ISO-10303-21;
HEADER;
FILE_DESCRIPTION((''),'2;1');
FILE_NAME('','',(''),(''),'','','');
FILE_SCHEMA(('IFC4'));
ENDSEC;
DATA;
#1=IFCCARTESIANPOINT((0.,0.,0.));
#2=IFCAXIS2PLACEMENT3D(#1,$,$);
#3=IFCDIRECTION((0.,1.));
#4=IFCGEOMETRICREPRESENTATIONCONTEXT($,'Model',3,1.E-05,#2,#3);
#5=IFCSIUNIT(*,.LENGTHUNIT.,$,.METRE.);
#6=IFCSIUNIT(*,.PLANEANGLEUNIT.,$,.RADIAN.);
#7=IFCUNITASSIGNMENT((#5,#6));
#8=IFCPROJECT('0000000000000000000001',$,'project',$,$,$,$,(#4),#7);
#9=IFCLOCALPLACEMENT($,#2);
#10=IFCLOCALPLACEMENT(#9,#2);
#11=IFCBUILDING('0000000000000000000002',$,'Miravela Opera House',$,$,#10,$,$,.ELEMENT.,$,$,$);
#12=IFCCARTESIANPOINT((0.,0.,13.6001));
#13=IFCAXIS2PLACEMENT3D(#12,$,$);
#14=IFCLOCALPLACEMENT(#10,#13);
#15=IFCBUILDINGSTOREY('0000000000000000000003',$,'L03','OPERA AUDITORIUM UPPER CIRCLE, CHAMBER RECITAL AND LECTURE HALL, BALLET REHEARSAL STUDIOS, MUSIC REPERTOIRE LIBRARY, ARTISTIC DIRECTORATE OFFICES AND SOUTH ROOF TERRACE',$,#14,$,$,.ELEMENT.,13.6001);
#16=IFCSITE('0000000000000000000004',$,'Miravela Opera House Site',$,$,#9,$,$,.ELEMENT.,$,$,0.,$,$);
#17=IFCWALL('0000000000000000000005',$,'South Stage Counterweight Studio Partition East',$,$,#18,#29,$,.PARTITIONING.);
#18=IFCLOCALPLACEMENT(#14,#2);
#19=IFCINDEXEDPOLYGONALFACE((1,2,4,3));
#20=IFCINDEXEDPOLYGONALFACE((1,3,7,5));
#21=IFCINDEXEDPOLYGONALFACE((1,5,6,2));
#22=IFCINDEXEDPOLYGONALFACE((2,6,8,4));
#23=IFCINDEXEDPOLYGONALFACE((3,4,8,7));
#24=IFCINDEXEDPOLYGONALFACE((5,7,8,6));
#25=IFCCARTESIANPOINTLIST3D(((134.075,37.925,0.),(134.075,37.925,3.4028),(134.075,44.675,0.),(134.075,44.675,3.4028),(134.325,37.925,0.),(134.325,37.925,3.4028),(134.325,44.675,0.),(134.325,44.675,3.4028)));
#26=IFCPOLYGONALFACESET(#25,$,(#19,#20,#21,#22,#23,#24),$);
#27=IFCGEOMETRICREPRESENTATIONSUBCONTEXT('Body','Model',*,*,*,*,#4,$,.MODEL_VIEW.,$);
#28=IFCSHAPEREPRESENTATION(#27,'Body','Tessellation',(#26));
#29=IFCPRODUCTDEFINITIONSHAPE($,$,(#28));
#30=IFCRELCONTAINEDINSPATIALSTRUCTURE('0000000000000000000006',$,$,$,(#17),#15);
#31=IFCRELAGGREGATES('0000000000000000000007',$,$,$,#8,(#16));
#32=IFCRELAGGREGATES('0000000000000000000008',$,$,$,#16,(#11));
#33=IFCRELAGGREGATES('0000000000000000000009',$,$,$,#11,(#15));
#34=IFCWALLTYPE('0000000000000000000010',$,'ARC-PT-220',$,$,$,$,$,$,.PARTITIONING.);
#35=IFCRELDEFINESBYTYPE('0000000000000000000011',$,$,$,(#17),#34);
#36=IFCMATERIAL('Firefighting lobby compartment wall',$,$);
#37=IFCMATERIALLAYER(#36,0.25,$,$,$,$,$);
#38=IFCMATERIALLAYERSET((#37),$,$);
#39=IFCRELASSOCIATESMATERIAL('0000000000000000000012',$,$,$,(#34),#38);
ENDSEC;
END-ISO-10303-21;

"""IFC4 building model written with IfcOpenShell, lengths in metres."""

from ifc_helpers import new_model, si_unit, direction, frame, frame_2d, origin, place, context, subcontext, project, spatial, rectangle, extrude, material, layer, layer_set, type_object, element, save


model = new_model("IFC4")

# Units and contexts
model_context = context("Model", 3, precision=1e-05, world=origin(), true_north=direction((0.0, 1.0)))
body_context = subcontext(model_context, "Body", "Model", "MODEL_VIEW")
ifc_project = project(units=[si_unit("LENGTHUNIT", "METRE"), si_unit("PLANEANGLEUNIT", "RADIAN")], contexts=[model_context])

# Site, building, storey
site_placement = place(None, origin())
site = spatial("IfcSite", under=ifc_project, at=site_placement, Name="Miravela Opera House Site", CompositionType="ELEMENT", RefElevation=0.0)
building_placement = place(site_placement, origin())
building = spatial("IfcBuilding", under=site, at=building_placement, Name="Miravela Opera House", CompositionType="ELEMENT")
storey_placement = place(building_placement, frame((0.0, 0.0, 13.6001)))
storey = spatial("IfcBuildingStorey", under=building, at=storey_placement, Name="L03", Description="OPERA AUDITORIUM UPPER CIRCLE, CHAMBER RECITAL AND LECTURE HALL, BALLET REHEARSAL STUDIOS, MUSIC REPERTOIRE LIBRARY, ARTISTIC DIRECTORATE OFFICES AND SOUTH ROOF TERRACE", CompositionType="ELEMENT", Elevation=13.6001)

# Wall
ifc_material_1 = material(Name="Firefighting lobby compartment wall")
ifc_layer_1 = layer(ifc_material_1, 0.25)
ifc_layer_set_1 = layer_set([ifc_layer_1])
wall_type = type_object("IfcWallType", Name="ARC-PT-220", PredefinedType="PARTITIONING", material=ifc_layer_set_1)
wall_placement = place(storey_placement, frame((134.2, 37.925, 0.0), z_axis=(0.0, 0.0, 1.0), x_axis=(0.0, 1.0, 0.0)))
element("IfcWall", 1, at=wall_placement, inside=storey, type_object=wall_type, Name="South Stage Counterweight Studio Partition East", PredefinedType="PARTITIONING", context=body_context, shape_type="SweptSolid", body=[
    extrude(rectangle(XDim=6.75, YDim=0.25, at=frame_2d((3.375, 0.0))), origin(), (0.0, 0.0, 1.0), 3.4028),
])

save(model, "model.ifc")
